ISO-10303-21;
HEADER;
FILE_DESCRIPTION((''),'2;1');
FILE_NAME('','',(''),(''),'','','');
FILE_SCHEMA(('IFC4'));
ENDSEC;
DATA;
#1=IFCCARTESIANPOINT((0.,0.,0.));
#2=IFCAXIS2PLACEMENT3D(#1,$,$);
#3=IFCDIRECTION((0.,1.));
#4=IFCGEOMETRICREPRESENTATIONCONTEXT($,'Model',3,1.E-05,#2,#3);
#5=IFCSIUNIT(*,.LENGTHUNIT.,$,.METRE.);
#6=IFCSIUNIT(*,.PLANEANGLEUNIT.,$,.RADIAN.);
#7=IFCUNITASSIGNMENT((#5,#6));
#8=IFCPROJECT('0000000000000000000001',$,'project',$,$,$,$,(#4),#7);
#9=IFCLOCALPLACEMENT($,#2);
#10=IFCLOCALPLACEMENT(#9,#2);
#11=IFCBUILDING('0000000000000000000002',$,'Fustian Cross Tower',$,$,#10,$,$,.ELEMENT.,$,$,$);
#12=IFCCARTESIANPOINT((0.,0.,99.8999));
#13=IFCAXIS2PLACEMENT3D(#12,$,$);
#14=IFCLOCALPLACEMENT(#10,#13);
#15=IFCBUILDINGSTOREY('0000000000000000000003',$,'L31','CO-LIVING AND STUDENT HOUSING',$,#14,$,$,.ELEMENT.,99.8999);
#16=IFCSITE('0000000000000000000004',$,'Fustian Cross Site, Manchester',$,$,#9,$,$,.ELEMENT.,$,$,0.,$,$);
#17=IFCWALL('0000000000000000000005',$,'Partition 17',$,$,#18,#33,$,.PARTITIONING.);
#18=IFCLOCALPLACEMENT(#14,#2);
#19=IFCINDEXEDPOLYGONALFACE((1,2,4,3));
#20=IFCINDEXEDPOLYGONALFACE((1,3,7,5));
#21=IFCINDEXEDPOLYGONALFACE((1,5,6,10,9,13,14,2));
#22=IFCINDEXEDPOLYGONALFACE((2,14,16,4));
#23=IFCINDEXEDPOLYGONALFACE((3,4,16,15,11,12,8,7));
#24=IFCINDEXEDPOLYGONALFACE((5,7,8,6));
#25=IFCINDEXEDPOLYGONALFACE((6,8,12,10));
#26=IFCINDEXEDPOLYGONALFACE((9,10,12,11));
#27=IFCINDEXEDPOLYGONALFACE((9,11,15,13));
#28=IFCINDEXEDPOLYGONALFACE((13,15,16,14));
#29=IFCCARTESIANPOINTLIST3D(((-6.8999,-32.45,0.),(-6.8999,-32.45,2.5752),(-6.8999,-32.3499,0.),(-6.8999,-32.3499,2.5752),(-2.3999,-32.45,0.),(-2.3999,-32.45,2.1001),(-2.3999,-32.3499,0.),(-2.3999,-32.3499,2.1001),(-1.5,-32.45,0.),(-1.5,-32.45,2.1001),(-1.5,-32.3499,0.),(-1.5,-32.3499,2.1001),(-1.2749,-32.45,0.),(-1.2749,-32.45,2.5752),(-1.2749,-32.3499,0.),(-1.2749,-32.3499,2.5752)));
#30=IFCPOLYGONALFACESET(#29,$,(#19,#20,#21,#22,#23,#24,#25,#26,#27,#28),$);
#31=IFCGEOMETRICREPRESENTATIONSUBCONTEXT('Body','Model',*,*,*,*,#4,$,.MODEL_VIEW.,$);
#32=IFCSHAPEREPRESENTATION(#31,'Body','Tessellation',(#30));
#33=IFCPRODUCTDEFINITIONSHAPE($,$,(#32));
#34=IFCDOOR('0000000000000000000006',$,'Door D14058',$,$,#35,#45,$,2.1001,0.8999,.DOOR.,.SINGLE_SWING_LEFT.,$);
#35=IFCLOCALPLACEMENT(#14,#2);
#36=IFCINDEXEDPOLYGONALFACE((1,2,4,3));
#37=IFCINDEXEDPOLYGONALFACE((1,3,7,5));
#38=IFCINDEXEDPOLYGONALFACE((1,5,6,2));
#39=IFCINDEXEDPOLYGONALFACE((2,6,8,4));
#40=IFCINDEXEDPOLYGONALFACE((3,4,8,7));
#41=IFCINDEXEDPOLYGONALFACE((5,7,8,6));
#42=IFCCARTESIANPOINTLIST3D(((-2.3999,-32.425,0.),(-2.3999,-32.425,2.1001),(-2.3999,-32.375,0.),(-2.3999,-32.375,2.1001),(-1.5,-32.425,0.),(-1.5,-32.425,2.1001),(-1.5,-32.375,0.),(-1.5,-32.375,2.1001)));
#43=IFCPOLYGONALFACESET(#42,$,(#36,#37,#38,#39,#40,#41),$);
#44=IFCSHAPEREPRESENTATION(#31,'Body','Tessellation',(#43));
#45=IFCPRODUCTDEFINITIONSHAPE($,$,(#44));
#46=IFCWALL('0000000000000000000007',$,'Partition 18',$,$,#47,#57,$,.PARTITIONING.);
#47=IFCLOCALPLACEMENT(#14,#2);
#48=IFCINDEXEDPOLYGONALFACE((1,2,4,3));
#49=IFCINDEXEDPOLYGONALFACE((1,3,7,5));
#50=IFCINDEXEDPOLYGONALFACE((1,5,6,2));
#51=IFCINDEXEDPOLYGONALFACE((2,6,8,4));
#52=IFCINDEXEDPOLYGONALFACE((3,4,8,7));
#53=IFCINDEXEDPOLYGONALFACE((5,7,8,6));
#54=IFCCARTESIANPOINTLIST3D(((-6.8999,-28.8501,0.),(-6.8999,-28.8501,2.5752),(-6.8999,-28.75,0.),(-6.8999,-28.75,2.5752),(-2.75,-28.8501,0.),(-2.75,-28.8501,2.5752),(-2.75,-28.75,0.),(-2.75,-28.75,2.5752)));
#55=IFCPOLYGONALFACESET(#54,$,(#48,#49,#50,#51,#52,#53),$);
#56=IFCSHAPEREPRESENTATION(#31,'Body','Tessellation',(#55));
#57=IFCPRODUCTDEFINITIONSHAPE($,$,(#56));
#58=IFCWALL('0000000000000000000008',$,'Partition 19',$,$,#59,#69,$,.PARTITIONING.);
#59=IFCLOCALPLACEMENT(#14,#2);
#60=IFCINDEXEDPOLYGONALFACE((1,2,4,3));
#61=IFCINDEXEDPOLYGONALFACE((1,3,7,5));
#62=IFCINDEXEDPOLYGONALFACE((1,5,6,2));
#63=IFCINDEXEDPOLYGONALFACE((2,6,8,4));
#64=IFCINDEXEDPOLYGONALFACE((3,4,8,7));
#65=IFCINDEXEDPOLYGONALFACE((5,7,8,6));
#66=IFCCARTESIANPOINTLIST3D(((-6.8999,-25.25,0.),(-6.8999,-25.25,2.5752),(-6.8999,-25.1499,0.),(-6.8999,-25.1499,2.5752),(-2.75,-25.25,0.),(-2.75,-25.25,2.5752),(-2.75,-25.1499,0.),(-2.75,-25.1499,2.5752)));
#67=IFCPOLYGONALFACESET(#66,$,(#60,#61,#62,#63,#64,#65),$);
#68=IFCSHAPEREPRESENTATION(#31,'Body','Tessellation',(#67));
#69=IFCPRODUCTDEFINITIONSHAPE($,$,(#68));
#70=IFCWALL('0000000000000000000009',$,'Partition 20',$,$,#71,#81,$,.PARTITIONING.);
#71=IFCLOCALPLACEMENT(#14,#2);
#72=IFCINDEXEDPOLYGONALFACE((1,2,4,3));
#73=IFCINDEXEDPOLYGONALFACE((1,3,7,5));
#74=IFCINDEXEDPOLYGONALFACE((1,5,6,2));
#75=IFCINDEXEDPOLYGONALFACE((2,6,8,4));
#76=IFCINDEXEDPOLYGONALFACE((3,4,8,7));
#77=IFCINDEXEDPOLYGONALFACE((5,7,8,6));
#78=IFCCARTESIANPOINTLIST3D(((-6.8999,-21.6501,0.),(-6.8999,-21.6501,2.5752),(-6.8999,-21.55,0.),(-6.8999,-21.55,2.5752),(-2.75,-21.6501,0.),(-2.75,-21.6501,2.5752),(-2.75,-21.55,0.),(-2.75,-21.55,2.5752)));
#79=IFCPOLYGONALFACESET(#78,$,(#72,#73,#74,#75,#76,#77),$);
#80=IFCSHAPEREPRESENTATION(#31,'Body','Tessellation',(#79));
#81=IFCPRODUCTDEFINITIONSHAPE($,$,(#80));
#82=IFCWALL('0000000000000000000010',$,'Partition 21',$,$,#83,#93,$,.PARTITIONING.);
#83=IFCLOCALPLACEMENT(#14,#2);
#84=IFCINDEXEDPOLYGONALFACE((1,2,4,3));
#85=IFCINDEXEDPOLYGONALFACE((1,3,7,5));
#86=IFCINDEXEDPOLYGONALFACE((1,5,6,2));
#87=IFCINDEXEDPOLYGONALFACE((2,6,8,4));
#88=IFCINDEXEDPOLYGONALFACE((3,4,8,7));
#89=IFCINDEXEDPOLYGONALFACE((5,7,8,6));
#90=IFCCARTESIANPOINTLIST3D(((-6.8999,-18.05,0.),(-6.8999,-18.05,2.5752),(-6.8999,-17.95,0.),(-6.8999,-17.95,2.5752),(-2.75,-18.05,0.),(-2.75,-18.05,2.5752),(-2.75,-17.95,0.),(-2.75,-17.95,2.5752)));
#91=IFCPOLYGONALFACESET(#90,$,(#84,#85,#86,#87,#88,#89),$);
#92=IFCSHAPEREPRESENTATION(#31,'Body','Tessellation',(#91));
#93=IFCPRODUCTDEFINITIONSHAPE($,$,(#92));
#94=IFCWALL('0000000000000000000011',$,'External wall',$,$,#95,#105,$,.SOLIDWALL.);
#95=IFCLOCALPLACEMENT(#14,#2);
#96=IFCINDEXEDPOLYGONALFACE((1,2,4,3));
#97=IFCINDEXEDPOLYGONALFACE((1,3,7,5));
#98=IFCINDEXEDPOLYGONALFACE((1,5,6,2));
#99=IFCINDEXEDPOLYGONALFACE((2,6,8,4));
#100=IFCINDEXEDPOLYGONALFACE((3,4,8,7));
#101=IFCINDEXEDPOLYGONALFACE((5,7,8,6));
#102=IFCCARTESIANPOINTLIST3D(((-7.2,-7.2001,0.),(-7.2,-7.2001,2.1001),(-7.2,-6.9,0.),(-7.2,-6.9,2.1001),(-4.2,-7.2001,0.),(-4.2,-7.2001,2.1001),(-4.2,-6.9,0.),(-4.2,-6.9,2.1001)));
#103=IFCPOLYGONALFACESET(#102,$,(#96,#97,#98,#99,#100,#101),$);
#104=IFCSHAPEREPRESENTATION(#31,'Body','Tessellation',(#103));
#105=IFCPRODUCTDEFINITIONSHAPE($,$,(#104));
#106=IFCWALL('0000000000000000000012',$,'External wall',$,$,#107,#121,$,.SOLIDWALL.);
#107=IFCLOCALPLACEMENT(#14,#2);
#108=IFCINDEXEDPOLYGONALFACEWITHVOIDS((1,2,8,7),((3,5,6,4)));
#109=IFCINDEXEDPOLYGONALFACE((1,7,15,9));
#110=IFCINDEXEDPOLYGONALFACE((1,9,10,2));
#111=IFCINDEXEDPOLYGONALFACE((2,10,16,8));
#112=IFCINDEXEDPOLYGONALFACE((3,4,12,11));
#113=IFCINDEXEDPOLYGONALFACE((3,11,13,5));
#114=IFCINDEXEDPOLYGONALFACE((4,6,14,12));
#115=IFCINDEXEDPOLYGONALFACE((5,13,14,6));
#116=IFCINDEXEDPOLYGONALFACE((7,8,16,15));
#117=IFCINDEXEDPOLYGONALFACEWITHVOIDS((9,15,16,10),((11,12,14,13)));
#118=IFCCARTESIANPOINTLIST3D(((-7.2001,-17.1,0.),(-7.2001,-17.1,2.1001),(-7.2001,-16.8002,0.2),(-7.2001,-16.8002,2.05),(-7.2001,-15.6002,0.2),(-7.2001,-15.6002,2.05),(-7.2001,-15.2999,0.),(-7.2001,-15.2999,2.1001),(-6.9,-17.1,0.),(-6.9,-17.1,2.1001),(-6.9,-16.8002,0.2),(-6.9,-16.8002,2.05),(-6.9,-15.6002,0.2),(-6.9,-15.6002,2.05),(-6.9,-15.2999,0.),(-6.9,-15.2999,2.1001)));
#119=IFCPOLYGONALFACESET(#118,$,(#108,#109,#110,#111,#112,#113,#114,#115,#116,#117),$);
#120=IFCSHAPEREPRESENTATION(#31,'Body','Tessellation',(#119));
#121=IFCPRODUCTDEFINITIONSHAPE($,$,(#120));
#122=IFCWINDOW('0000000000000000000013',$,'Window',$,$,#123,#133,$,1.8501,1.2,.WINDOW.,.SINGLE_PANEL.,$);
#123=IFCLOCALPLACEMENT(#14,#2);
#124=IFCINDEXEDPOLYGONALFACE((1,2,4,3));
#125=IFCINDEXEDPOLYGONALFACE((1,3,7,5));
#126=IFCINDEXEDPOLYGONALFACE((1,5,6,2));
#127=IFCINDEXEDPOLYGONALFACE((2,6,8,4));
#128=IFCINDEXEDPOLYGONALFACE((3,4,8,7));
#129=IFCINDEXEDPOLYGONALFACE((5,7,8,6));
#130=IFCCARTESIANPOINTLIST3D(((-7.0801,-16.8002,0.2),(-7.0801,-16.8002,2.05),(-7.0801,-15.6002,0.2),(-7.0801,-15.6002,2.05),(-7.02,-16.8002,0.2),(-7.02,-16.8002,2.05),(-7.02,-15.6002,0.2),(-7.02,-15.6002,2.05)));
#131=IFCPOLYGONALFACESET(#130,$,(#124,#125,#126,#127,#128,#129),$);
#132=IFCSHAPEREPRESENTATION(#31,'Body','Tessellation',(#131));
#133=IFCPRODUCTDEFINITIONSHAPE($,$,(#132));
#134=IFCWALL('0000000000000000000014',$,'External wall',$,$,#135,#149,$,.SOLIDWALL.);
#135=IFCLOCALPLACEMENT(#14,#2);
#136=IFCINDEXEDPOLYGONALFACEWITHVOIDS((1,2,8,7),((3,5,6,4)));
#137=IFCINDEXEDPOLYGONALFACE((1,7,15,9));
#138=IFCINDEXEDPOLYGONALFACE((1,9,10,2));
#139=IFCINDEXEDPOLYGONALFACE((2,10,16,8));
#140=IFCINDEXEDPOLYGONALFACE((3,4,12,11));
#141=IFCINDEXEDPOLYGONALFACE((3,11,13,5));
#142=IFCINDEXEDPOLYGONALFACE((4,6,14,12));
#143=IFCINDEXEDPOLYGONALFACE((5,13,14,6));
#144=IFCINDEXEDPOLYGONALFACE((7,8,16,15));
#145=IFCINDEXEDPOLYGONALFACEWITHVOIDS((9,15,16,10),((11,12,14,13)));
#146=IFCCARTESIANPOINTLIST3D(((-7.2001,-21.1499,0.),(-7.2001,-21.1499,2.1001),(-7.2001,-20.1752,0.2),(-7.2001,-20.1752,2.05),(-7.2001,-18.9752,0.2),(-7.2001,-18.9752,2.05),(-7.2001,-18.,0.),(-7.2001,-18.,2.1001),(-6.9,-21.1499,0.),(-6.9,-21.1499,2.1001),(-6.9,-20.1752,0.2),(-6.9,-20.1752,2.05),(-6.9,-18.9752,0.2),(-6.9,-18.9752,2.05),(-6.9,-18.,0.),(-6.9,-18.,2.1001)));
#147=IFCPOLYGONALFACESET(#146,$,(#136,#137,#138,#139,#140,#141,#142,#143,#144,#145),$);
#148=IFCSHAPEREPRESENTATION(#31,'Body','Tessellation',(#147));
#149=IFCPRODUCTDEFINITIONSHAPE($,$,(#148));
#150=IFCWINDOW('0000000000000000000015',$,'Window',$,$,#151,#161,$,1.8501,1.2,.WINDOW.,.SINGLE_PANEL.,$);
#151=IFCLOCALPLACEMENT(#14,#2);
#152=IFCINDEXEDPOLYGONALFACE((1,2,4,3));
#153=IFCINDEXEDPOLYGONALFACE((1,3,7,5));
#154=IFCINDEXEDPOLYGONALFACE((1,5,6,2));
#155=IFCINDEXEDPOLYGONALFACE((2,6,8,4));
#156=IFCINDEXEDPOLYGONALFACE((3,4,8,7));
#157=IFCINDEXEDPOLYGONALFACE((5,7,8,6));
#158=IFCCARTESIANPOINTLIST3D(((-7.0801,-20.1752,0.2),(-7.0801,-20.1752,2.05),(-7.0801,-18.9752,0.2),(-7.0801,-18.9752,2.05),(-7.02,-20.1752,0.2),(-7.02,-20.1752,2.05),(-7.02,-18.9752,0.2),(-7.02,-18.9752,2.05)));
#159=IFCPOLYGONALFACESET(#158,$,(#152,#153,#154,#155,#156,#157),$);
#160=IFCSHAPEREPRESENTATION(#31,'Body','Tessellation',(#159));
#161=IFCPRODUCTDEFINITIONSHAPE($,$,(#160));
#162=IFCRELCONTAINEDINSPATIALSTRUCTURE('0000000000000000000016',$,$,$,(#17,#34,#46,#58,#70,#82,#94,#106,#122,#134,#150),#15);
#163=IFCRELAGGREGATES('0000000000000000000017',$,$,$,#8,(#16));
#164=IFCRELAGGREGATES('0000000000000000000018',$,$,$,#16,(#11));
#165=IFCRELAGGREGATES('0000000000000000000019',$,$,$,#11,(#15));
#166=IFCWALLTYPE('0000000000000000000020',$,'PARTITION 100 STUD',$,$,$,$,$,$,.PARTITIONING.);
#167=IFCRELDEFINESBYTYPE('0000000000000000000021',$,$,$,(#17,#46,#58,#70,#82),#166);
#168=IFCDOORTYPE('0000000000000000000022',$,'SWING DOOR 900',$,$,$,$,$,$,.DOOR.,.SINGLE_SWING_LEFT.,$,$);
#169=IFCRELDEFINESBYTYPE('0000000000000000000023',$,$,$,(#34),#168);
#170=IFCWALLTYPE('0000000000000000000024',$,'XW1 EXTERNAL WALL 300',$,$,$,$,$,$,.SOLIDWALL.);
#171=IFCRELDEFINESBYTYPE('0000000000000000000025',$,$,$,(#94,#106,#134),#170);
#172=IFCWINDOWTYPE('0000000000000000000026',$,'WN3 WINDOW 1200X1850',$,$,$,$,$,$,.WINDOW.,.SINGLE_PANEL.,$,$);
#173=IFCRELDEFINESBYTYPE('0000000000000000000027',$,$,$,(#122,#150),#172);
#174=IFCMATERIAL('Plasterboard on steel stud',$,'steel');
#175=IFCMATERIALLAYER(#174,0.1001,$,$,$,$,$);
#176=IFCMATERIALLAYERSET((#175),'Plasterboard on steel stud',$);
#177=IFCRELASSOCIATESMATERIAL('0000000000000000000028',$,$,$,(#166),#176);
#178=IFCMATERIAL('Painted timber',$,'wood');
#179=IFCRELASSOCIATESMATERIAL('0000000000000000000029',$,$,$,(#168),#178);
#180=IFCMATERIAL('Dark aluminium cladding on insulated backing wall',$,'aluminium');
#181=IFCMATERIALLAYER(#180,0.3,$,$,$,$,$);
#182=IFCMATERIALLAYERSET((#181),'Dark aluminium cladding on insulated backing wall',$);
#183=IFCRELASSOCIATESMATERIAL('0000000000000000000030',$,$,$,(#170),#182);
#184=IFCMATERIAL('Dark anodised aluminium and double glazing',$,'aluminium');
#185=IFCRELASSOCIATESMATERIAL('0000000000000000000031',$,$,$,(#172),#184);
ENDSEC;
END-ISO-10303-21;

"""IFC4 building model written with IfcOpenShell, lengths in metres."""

from ifc_helpers import new_model, si_unit, direction, frame, frame_2d, origin, place, context, subcontext, project, spatial, rectangle, extrude, material, layer, layer_set, type_object, element, fill, save


model = new_model("IFC4")

# Units and contexts
model_context = context("Model", 3, precision=1e-05, world=origin(), true_north=direction((0.0, 1.0)))
body_context = subcontext(model_context, "Body", "Model", "MODEL_VIEW")
ifc_project = project(units=[si_unit("LENGTHUNIT", "METRE"), si_unit("PLANEANGLEUNIT", "RADIAN")], contexts=[model_context])

# Site, building, storey
site_placement = place(None, origin())
site = spatial("IfcSite", under=ifc_project, at=site_placement, Name="Fustian Cross Site, Manchester", CompositionType="ELEMENT", RefElevation=0.0)
building_placement = place(site_placement, origin())
building = spatial("IfcBuilding", under=site, at=building_placement, Name="Fustian Cross Tower", CompositionType="ELEMENT")
storey_placement = place(building_placement, frame((0.0, 0.0, 99.8999)))
storey = spatial("IfcBuildingStorey", under=building, at=storey_placement, Name="L31", Description="CO-LIVING AND STUDENT HOUSING", CompositionType="ELEMENT", Elevation=99.8999)

# Shared definitions
ifc_material_1 = material(Name="Plasterboard on steel stud", Category="steel")
ifc_layer_1 = layer(ifc_material_1, 0.1001)
ifc_layer_set_1 = layer_set([ifc_layer_1], Name="Plasterboard on steel stud")
wall_type_1 = type_object("IfcWallType", Name="PARTITION 100 STUD", PredefinedType="PARTITIONING", material=ifc_layer_set_1)

# Wall, opening, door
wall_1_placement = place(storey_placement, frame((-6.8999, -32.3999, 0.0), z_axis=(0.0, 0.0, 1.0), x_axis=(1.0, 0.0, 0.0)))
wall_1 = element("IfcWall", 1, at=wall_1_placement, inside=storey, type_object=wall_type_1, Name="Partition 17", PredefinedType="PARTITIONING", context=body_context, shape_type="SweptSolid", body=[
    extrude(rectangle(XDim=5.625, YDim=0.1001, at=frame_2d((2.8125, 0.0))), origin(), (0.0, 0.0, 1.0), 2.5752),
])
opening_1_placement = place(wall_1_placement, frame((4.5, 0.0, 0.0)))
opening_1 = element("IfcOpeningElement", 2, at=opening_1_placement, cuts=wall_1, PredefinedType="OPENING", context=body_context, shape_type="SweptSolid", body=[
    extrude(rectangle(XDim=0.8999, YDim=2.1001, at=frame_2d((0.45, 1.05))), frame((0.0, 0.0601, 0.0), z_axis=(0.0, -1.0, 0.0), x_axis=(1.0, 0.0, 0.0)), (0.0, 0.0, 1.0), 0.1201),
])
ifc_material_2 = material(Name="Painted timber", Category="wood")
door_type_1 = type_object("IfcDoorType", Name="SWING DOOR 900", OperationType="SINGLE_SWING_LEFT", PredefinedType="DOOR", material=ifc_material_2)
door_1_placement = place(opening_1_placement, origin())
door_1 = element("IfcDoor", 3, at=door_1_placement, inside=storey, type_object=door_type_1, Name="Door D14058", OperationType="SINGLE_SWING_LEFT", OverallHeight=2.1001, OverallWidth=0.8999, PredefinedType="DOOR", context=body_context, shape_type="SweptSolid", body=[
    extrude(rectangle(XDim=0.8999, YDim=2.1001, at=frame_2d((0.45, 1.05))), frame((0.0, 0.0249, 0.0), z_axis=(0.0, -1.0, 0.0), x_axis=(1.0, 0.0, 0.0)), (0.0, 0.0, 1.0), 0.05),
])
fill(opening_1, door_1)

# Walls
for number, where, z_axis, x_axis, name in (
    (4, (-6.8999, -28.8, 0.0), (0.0, 0.0, 1.0), (1.0, 0.0, 0.0), "Partition 18"),
    (5, (-6.8999, -25.2, 0.0), (0.0, 0.0, 1.0), (1.0, 0.0, 0.0), "Partition 19"),
    (6, (-6.8999, -21.6001, 0.0), (0.0, 0.0, 1.0), (1.0, 0.0, 0.0), "Partition 20"),
    (7, (-6.8999, -18.0, 0.0), (0.0, 0.0, 1.0), (1.0, 0.0, 0.0), "Partition 21"),
):
    element("IfcWall", number, at=place(storey_placement, frame(where, z_axis=z_axis, x_axis=x_axis)), inside=storey, type_object=wall_type_1, Name=name, PredefinedType="PARTITIONING", context=body_context, shape_type="SweptSolid", body=[
        extrude(rectangle(XDim=4.1499, YDim=0.1001, at=frame_2d((2.075, 0.0))), origin(), (0.0, 0.0, 1.0), 2.5752),
    ])
ifc_material_3 = material(Name="Dark aluminium cladding on insulated backing wall", Category="aluminium")
ifc_layer_2 = layer(ifc_material_3, 0.3)
ifc_layer_set_2 = layer_set([ifc_layer_2], Name="Dark aluminium cladding on insulated backing wall")
wall_type_2 = type_object("IfcWallType", Name="XW1 EXTERNAL WALL 300", PredefinedType="SOLIDWALL", material=ifc_layer_set_2)
wall_2_placement = place(storey_placement, frame((-7.2, -7.05, 0.0), z_axis=(0.0, 0.0, 1.0), x_axis=(1.0, 0.0, 0.0)))
element("IfcWall", 8, at=wall_2_placement, inside=storey, type_object=wall_type_2, Name="External wall", PredefinedType="SOLIDWALL", context=body_context, shape_type="SweptSolid", body=[
    extrude(rectangle(XDim=3.0, YDim=0.3, at=frame_2d((1.5, 0.0))), origin(), (0.0, 0.0, 1.0), 2.1001),
])

# Walls, openings, windows
wall_3_placement = place(storey_placement, frame((-7.05, -15.3, 0.0), z_axis=(0.0, 0.0, 1.0), x_axis=(0.0, -1.0, 0.0)))
wall_3 = element("IfcWall", 9, at=wall_3_placement, inside=storey, type_object=wall_type_2, Name="External wall", PredefinedType="SOLIDWALL", context=body_context, shape_type="SweptSolid", body=[
    extrude(rectangle(XDim=1.8, YDim=0.3, at=frame_2d((0.8999, 0.0))), origin(), (0.0, 0.0, 1.0), 2.1001),
])
opening_2_placement = place(wall_3_placement, frame((0.3, 0.0, 0.2)))
opening_2 = element("IfcOpeningElement", 10, at=opening_2_placement, cuts=wall_3, PredefinedType="OPENING", context=body_context, shape_type="SweptSolid", body=[
    extrude(rectangle(XDim=1.2, YDim=1.8501, at=frame_2d((0.6001, 0.925))), frame((0.0, 0.1599, 0.0), z_axis=(0.0, -1.0, 0.0), x_axis=(1.0, 0.0, 0.0)), (0.0, 0.0, 1.0), 0.3201),
])
ifc_material_4 = material(Name="Dark anodised aluminium and double glazing", Category="aluminium")
window_type_1 = type_object("IfcWindowType", Name="WN3 WINDOW 1200X1850", PartitioningType="SINGLE_PANEL", PredefinedType="WINDOW", material=ifc_material_4)
window_1_placement = place(opening_2_placement, origin())
window_1 = element("IfcWindow", 11, at=window_1_placement, inside=storey, type_object=window_type_1, Name="Window", OverallHeight=1.8501, OverallWidth=1.2, PartitioningType="SINGLE_PANEL", PredefinedType="WINDOW", context=body_context, shape_type="SweptSolid", body=[
    extrude(rectangle(XDim=1.2, YDim=1.8501, at=frame_2d((0.6001, 0.925))), frame((0.0, 0.03, 0.0), z_axis=(0.0, -1.0, 0.0), x_axis=(1.0, 0.0, 0.0)), (0.0, 0.0, 1.0), 0.0601),
])
fill(opening_2, window_1)
wall_4_placement = place(storey_placement, frame((-7.05, -18.0, 0.0), z_axis=(0.0, 0.0, 1.0), x_axis=(0.0, -1.0, 0.0)))
wall_4 = element("IfcWall", 12, at=wall_4_placement, inside=storey, type_object=wall_type_2, Name="External wall", PredefinedType="SOLIDWALL", context=body_context, shape_type="SweptSolid", body=[
    extrude(rectangle(XDim=3.1499, YDim=0.3, at=frame_2d((1.575, 0.0))), origin(), (0.0, 0.0, 1.0), 2.1001),
])
opening_3_placement = place(wall_4_placement, frame((0.9751, 0.0, 0.2)))
opening_3 = element("IfcOpeningElement", 13, at=opening_3_placement, cuts=wall_4, PredefinedType="OPENING", context=body_context, shape_type="SweptSolid", body=[
    extrude(rectangle(XDim=1.2, YDim=1.8501, at=frame_2d((0.6001, 0.925))), frame((0.0, 0.1599, 0.0), z_axis=(0.0, -1.0, 0.0), x_axis=(1.0, 0.0, 0.0)), (0.0, 0.0, 1.0), 0.3201),
])
window_2_placement = place(opening_3_placement, origin())
window_2 = element("IfcWindow", 14, at=window_2_placement, inside=storey, type_object=window_type_1, Name="Window", OverallHeight=1.8501, OverallWidth=1.2, PartitioningType="SINGLE_PANEL", PredefinedType="WINDOW", context=body_context, shape_type="SweptSolid", body=[
    extrude(rectangle(XDim=1.2, YDim=1.8501, at=frame_2d((0.6001, 0.925))), frame((0.0, 0.03, 0.0), z_axis=(0.0, -1.0, 0.0), x_axis=(1.0, 0.0, 0.0)), (0.0, 0.0, 1.0), 0.0601),
])
fill(opening_3, window_2)

save(model, "model.ifc")
